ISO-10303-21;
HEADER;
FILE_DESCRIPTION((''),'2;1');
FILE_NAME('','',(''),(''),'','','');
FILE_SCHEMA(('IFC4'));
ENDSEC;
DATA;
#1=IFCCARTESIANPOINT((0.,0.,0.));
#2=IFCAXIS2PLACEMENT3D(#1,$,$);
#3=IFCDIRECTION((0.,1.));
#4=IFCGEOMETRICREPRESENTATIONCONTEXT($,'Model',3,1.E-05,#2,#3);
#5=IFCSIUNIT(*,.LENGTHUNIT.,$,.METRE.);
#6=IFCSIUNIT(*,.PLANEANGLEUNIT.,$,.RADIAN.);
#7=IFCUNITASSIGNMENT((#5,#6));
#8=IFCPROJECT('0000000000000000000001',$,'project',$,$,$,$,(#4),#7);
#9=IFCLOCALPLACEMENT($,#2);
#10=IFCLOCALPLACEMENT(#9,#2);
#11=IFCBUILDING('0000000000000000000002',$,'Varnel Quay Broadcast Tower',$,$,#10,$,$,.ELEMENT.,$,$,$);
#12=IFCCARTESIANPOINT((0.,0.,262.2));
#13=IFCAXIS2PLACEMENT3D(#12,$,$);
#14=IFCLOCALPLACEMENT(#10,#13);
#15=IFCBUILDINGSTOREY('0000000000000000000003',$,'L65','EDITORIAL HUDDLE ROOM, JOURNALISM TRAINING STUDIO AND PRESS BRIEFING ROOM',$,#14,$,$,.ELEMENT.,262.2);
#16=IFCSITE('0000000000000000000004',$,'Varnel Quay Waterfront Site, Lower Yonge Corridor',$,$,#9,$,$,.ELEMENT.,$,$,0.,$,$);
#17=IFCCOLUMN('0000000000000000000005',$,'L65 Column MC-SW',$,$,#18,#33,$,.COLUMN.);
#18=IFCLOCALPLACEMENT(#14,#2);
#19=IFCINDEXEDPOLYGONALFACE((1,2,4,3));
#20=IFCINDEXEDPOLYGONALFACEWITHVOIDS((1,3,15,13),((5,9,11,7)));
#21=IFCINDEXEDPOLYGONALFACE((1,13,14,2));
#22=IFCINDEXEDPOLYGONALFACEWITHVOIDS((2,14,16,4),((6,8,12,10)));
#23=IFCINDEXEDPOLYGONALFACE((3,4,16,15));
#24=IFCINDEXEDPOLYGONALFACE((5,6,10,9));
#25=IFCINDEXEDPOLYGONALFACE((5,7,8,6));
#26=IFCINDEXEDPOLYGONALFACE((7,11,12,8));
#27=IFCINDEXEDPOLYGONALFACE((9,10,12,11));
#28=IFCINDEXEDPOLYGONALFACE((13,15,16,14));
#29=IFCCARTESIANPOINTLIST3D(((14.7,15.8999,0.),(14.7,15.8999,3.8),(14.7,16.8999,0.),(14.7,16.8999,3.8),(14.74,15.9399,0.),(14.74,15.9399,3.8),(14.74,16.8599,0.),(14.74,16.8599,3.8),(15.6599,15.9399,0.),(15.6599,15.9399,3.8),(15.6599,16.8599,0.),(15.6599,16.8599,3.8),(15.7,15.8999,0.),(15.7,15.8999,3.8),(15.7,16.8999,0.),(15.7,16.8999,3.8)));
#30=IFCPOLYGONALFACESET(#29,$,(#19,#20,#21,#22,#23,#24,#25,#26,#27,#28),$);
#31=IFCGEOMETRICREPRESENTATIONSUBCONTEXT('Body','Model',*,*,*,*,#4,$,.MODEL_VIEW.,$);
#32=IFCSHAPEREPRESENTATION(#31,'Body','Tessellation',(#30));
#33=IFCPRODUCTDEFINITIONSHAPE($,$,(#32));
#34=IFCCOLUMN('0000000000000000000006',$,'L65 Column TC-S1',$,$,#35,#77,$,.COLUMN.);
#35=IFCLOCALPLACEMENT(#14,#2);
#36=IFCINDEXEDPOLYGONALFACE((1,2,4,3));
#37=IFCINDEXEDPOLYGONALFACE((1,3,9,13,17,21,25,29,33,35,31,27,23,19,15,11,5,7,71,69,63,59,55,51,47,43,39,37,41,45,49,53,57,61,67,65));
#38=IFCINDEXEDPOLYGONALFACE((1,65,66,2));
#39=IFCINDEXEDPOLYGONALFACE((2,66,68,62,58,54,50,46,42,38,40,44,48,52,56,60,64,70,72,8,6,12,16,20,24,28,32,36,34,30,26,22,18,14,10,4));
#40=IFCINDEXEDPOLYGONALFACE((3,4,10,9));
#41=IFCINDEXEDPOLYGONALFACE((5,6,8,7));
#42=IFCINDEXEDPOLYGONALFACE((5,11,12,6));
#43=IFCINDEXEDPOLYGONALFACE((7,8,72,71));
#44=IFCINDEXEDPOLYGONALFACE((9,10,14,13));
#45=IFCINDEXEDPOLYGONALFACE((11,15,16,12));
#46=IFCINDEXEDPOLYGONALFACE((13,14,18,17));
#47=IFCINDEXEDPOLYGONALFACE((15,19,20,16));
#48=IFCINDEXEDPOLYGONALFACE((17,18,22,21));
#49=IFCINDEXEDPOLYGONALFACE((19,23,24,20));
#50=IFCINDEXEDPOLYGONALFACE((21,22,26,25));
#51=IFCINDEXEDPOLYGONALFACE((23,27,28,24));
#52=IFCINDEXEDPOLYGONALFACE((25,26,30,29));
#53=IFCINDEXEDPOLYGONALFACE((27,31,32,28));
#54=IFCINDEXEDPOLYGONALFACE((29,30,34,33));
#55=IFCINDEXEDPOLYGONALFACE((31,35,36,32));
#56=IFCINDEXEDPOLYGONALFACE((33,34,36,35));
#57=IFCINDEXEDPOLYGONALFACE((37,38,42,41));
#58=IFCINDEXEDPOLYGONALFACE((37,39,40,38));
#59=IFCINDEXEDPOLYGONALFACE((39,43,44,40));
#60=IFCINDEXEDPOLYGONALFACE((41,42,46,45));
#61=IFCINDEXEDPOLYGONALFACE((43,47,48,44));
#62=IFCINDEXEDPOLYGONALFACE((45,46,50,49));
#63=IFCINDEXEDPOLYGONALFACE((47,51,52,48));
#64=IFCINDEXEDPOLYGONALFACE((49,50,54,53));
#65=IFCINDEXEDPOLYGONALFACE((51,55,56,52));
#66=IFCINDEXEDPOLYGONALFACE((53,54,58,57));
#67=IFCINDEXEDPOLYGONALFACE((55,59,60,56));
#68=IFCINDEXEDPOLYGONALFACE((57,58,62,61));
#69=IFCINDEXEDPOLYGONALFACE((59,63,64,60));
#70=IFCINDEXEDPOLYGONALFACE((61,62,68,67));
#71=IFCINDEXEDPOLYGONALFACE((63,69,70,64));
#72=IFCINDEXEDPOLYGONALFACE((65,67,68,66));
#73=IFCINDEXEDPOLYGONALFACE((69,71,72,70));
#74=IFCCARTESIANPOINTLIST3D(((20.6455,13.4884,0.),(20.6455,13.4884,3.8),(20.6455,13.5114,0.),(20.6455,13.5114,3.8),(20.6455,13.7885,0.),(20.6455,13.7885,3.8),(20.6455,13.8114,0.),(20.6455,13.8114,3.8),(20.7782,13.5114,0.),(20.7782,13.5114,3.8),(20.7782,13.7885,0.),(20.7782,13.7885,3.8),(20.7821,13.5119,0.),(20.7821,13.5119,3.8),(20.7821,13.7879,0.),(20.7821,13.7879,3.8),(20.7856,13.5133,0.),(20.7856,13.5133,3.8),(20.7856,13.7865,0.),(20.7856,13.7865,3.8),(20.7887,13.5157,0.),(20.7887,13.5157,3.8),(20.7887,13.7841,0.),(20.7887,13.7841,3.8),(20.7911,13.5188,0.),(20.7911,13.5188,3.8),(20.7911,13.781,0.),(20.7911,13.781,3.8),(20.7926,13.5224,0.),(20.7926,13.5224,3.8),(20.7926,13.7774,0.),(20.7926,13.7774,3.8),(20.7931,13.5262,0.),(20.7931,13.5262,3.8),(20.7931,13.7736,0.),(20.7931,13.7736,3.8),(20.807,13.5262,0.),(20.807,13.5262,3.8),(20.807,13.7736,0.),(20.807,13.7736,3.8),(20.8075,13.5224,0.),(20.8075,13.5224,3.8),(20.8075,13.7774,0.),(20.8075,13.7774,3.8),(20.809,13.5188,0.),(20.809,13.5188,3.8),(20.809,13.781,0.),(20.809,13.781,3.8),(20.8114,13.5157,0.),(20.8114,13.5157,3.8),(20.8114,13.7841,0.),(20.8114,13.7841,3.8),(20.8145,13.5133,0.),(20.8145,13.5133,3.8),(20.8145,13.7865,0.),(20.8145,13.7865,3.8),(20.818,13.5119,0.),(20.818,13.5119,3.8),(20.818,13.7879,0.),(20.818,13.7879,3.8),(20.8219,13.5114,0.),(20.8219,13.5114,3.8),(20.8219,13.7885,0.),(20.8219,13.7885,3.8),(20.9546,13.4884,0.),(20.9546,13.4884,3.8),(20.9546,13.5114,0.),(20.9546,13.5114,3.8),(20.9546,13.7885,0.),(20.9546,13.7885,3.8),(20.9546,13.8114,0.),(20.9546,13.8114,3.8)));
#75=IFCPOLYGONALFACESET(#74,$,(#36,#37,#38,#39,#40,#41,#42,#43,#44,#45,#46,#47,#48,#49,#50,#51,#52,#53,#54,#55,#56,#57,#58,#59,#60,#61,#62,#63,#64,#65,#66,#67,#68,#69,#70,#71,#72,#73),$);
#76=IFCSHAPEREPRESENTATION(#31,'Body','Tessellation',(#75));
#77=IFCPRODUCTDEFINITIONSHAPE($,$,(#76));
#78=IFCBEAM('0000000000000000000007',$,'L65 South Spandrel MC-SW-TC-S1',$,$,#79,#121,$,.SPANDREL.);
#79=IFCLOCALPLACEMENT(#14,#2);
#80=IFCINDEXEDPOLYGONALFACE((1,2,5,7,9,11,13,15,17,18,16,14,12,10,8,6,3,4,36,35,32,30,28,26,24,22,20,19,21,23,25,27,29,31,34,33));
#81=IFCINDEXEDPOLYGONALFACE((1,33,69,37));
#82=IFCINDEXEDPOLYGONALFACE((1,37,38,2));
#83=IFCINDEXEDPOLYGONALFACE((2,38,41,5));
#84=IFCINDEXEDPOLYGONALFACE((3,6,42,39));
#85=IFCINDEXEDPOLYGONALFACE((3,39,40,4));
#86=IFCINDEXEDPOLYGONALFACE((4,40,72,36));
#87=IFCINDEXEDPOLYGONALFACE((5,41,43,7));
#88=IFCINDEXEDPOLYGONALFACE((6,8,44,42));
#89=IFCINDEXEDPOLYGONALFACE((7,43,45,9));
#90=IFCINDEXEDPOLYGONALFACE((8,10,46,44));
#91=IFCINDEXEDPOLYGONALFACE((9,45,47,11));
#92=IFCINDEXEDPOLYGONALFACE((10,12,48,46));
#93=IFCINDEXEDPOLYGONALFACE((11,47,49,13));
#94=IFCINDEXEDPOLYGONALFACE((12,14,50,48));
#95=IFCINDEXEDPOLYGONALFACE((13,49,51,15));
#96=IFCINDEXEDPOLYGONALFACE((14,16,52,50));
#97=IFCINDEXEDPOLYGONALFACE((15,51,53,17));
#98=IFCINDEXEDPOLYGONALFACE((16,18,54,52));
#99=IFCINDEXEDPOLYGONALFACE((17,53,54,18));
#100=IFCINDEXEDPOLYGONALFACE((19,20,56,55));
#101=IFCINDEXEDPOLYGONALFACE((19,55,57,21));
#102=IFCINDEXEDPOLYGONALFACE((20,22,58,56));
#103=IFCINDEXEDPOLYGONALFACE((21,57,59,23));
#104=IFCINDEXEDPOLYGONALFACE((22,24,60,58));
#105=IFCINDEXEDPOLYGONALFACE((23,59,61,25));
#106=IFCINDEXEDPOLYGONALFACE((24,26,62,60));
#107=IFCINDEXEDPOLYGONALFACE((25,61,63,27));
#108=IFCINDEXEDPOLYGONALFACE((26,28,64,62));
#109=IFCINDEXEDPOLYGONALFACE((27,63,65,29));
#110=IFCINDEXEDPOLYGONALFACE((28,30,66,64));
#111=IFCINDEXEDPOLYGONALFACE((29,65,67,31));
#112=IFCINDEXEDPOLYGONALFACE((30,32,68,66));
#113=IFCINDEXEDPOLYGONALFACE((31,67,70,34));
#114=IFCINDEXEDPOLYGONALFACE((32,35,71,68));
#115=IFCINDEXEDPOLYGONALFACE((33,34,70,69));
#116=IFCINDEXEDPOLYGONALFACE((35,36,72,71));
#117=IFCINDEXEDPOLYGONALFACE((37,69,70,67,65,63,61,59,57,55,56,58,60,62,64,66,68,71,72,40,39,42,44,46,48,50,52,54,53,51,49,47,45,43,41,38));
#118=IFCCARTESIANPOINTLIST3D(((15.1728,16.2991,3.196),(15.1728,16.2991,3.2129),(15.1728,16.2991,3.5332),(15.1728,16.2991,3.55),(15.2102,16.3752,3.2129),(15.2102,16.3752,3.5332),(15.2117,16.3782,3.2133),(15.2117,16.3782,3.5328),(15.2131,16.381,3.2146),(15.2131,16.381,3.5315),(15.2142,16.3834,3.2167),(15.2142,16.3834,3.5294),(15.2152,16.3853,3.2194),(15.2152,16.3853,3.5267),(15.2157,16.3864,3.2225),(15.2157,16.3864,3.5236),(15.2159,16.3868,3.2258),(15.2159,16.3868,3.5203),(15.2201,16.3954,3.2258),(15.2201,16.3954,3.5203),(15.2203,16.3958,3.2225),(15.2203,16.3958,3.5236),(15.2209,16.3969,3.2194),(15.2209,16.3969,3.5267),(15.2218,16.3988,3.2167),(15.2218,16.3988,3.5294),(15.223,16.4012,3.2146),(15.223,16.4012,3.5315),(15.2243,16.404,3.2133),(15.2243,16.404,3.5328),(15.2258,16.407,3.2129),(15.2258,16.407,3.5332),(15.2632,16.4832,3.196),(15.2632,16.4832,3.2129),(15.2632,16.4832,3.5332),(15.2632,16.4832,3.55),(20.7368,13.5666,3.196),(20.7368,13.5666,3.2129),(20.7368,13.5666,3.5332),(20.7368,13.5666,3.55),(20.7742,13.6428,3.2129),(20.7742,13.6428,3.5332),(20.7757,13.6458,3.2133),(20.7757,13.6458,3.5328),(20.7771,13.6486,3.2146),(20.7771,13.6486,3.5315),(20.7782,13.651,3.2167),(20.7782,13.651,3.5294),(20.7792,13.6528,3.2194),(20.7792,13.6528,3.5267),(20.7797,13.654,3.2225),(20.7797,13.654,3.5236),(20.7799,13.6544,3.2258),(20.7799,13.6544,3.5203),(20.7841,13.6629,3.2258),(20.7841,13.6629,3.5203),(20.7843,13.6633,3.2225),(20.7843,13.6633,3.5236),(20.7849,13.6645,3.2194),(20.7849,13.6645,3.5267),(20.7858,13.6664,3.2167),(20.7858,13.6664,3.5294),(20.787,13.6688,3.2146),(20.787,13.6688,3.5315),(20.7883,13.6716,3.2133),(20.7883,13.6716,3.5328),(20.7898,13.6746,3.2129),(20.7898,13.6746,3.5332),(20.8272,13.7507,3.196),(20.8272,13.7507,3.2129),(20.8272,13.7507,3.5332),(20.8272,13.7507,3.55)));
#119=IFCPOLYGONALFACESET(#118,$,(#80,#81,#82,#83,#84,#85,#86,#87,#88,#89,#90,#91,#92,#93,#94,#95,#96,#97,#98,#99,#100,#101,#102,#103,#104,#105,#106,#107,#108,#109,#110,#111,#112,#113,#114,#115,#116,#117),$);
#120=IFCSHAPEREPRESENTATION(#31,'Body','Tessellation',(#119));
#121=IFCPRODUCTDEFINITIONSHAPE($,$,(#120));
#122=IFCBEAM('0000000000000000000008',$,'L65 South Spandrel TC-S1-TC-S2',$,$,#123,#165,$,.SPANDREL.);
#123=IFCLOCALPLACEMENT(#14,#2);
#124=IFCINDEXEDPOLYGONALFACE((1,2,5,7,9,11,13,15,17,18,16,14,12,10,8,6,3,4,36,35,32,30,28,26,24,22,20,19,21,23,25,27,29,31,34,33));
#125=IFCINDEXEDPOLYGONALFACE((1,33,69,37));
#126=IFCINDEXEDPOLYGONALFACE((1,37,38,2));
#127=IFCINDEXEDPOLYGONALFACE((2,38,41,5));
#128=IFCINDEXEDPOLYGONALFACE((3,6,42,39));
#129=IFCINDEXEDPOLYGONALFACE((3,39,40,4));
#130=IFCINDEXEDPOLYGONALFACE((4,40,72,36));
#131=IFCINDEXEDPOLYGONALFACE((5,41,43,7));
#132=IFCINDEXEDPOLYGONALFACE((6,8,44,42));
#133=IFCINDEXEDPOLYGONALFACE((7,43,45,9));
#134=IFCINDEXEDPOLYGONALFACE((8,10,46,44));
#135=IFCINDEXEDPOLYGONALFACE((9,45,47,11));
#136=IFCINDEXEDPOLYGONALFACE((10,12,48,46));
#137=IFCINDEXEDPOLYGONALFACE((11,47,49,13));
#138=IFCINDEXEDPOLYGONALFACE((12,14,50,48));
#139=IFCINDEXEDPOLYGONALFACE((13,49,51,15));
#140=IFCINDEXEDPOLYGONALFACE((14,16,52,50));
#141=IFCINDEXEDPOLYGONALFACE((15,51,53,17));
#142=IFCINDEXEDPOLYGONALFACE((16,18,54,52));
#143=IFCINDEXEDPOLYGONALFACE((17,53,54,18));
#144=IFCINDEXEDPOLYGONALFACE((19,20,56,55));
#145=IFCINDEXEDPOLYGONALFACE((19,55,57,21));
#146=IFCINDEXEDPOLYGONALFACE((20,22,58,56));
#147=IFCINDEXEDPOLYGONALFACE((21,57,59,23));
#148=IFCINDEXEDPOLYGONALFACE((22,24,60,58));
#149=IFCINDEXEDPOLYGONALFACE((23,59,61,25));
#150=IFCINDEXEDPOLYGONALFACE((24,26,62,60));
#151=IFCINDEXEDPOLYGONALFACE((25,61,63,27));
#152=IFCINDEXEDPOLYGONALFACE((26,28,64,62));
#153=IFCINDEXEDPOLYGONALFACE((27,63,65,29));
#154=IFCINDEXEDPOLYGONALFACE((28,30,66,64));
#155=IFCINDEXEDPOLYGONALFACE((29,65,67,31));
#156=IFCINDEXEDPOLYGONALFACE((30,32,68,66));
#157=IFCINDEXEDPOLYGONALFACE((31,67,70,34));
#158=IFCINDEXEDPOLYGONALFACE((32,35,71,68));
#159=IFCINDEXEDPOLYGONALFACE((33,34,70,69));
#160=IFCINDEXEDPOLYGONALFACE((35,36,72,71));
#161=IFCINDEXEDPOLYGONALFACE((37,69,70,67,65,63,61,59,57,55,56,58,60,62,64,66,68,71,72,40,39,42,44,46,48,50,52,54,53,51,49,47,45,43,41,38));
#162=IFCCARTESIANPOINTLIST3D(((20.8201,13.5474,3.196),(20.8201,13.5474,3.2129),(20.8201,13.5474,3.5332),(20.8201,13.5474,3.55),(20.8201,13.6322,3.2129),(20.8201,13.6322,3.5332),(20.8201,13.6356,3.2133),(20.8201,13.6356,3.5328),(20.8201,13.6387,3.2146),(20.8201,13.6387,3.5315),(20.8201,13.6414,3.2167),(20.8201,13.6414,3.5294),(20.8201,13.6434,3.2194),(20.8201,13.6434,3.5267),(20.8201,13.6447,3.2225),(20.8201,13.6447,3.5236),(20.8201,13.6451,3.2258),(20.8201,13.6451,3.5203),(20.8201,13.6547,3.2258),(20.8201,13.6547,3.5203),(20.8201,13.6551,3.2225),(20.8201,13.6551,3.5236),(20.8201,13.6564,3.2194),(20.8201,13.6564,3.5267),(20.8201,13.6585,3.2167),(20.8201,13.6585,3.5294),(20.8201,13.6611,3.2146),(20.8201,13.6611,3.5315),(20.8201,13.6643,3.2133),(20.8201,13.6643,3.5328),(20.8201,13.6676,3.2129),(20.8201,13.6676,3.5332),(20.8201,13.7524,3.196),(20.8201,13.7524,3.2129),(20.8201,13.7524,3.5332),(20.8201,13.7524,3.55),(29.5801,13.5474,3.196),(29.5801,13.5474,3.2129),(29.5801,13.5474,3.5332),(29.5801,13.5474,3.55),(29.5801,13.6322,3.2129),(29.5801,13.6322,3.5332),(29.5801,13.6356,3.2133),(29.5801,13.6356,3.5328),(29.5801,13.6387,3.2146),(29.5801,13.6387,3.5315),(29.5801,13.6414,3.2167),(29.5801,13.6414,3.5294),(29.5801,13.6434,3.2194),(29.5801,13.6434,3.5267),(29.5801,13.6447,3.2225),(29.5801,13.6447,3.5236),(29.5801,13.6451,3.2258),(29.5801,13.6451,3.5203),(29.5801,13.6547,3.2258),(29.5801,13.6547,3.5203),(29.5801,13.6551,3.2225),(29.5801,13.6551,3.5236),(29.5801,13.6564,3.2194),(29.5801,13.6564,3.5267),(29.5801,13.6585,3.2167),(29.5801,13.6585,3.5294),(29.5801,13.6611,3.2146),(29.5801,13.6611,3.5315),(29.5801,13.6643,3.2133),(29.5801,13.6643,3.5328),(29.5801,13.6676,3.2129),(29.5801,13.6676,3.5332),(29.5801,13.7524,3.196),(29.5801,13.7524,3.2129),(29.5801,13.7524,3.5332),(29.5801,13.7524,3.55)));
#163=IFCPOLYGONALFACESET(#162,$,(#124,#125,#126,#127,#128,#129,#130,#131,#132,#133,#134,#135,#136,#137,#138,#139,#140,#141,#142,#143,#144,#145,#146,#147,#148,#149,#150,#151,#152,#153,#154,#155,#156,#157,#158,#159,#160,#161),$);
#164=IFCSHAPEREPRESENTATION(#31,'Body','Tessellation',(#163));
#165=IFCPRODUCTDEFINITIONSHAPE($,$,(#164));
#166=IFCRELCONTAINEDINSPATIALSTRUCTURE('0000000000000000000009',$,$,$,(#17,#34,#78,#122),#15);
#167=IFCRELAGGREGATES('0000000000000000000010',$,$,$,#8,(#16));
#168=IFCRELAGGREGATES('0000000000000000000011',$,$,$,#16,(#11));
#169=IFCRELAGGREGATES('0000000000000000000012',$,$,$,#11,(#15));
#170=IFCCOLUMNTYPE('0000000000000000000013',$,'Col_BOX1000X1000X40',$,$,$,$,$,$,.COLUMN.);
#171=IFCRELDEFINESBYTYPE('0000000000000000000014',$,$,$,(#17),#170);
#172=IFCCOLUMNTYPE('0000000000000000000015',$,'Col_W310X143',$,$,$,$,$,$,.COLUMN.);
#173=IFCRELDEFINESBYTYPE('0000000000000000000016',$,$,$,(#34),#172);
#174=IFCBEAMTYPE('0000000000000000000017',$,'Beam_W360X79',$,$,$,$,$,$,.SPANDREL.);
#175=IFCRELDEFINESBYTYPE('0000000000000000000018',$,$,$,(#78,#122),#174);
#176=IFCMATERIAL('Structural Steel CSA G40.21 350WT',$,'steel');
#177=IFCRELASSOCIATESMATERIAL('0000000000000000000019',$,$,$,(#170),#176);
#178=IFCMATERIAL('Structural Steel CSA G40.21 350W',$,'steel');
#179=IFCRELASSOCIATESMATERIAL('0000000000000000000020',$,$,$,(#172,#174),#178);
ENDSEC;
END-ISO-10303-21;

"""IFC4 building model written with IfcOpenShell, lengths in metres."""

from ifc_helpers import new_model, si_unit, direction, frame, origin, origin_2d, place, context, subcontext, project, spatial, hollow_rectangle, i_section, extrude, source, transform, mapped, material, material_profile, profile_set, type_object, type_shapes, element, save


model = new_model("IFC4")

# Units and contexts
model_context = context("Model", 3, precision=1e-05, world=origin(), true_north=direction((0.0, 1.0)))
body_context = subcontext(model_context, "Body", "Model", "MODEL_VIEW")
ifc_project = project(units=[si_unit("LENGTHUNIT", "METRE"), si_unit("PLANEANGLEUNIT", "RADIAN")], contexts=[model_context])

# Site, building, storey
site_placement = place(None, origin())
site = spatial("IfcSite", under=ifc_project, at=site_placement, Name="Varnel Quay Waterfront Site, Lower Yonge Corridor", CompositionType="ELEMENT", RefElevation=0.0)
building_placement = place(site_placement, origin())
building = spatial("IfcBuilding", under=site, at=building_placement, Name="Varnel Quay Broadcast Tower", CompositionType="ELEMENT")
storey_placement = place(building_placement, frame((0.0, 0.0, 262.2)))
storey = spatial("IfcBuildingStorey", under=building, at=storey_placement, Name="L65", Description="EDITORIAL HUDDLE ROOM, JOURNALISM TRAINING STUDIO AND PRESS BRIEFING ROOM", CompositionType="ELEMENT", Elevation=262.2)

# Columns
ifc_material_1 = material(Name="Structural Steel CSA G40.21 350WT", Category="steel")
ifc_material_profile_1 = material_profile(ifc_material_1, hollow_rectangle(XDim=1.0, YDim=1.0, WallThickness=0.04, at=origin_2d()), Name="BOX1000X1000X40")
ifc_profile_set_1 = profile_set([ifc_material_profile_1], Name="Structural Steel CSA G40.21 350WT")
column_type_1 = type_object("IfcColumnType", Name="Col_BOX1000X1000X40", PredefinedType="COLUMN", material=ifc_profile_set_1)
shared_shape_1 = source(origin(), body_context, "Body", "SweptSolid", [
    extrude(hollow_rectangle(XDim=1.0, YDim=1.0, WallThickness=0.04, at=origin_2d()), origin(), (0.0, 0.0, 1.0), 3.8),
])
type_shapes(column_type_1, [shared_shape_1])
column_1_placement = place(storey_placement, frame((15.2, 16.3999, 0.0), z_axis=(0.0, 0.0, 1.0), x_axis=(1.0, 0.0, 0.0)))
element("IfcColumn", 1, at=column_1_placement, inside=storey, type_object=column_type_1, Name="L65 Column MC-SW", PredefinedType="COLUMN", context=body_context, shape_type="MappedRepresentation", body=[
    mapped(shared_shape_1, transform((0.0, 0.0, 0.0), x_axis=(1.0, 0.0, 0.0), y_axis=(0.0, 1.0, 0.0), z_axis=(0.0, 0.0, 1.0), scale=1.0)),
])
ifc_material_2 = material(Name="Structural Steel CSA G40.21 350W", Category="steel")
ifc_material_profile_2 = material_profile(ifc_material_2, i_section(OverallWidth=0.3091, OverallDepth=0.323, WebThickness=0.0139, FlangeThickness=0.0229, FilletRadius=0.0149, at=origin_2d()), Name="W310X143")
ifc_profile_set_2 = profile_set([ifc_material_profile_2], Name="Structural Steel CSA G40.21 350W")
column_type_2 = type_object("IfcColumnType", Name="Col_W310X143", PredefinedType="COLUMN", material=ifc_profile_set_2)
shared_shape_2 = source(origin(), body_context, "Body", "SweptSolid", [
    extrude(i_section(OverallWidth=0.3091, OverallDepth=0.323, WebThickness=0.0139, FlangeThickness=0.0229, FilletRadius=0.0149, at=origin_2d()), origin(), (0.0, 0.0, 1.0), 3.8),
])
type_shapes(column_type_2, [shared_shape_2])
column_2_placement = place(storey_placement, frame((20.8, 13.6499, 0.0), z_axis=(0.0, 0.0, 1.0), x_axis=(1.0, 0.0, 0.0)))
element("IfcColumn", 2, at=column_2_placement, inside=storey, type_object=column_type_2, Name="L65 Column TC-S1", PredefinedType="COLUMN", context=body_context, shape_type="MappedRepresentation", body=[
    mapped(shared_shape_2, transform((0.0, 0.0, 0.0), x_axis=(1.0, 0.0, 0.0), y_axis=(0.0, 1.0, 0.0), z_axis=(0.0, 0.0, 1.0), scale=1.0)),
])

# Beams
ifc_material_profile_3 = material_profile(ifc_material_2, i_section(OverallWidth=0.2051, OverallDepth=0.354, WebThickness=0.0095, FlangeThickness=0.0168, FilletRadius=0.0129, at=origin_2d()), Name="W360X79")
ifc_profile_set_3 = profile_set([ifc_material_profile_3], Name="Structural Steel CSA G40.21 350W")
beam_type_1 = type_object("IfcBeamType", Name="Beam_W360X79", PredefinedType="SPANDREL", material=ifc_profile_set_3)
shared_shape_3 = source(origin(), body_context, "Body", "SweptSolid", [
    extrude(i_section(OverallWidth=0.2051, OverallDepth=0.354, WebThickness=0.0095, FlangeThickness=0.0168, FilletRadius=0.0129, at=origin_2d()), origin(), (0.0, 0.0, 1.0), 6.1987),
])
beam_1_placement = place(storey_placement, frame((15.218, 16.3911, 3.373), z_axis=(0.897602, -0.440806, 0.0), x_axis=(0.440806, 0.897602, 0.0)))
element("IfcBeam", 3, at=beam_1_placement, inside=storey, type_object=beam_type_1, Name="L65 South Spandrel MC-SW-TC-S1", PredefinedType="SPANDREL", context=body_context, shape_type="MappedRepresentation", body=[
    mapped(shared_shape_3, transform((0.0, 0.0, 0.0), x_axis=(1.0, 0.0, 0.0), y_axis=(0.0, 1.0, 0.0), z_axis=(0.0, 0.0, 1.0), scale=1.0)),
])
shared_shape_4 = source(origin(), body_context, "Body", "SweptSolid", [
    extrude(i_section(OverallWidth=0.2051, OverallDepth=0.354, WebThickness=0.0095, FlangeThickness=0.0168, FilletRadius=0.0129, at=origin_2d()), origin(), (0.0, 0.0, 1.0), 8.76),
])
beam_2_placement = place(storey_placement, frame((20.8201, 13.6499, 3.373), z_axis=(1.0, 0.0, 0.0), x_axis=(0.0, 1.0, 0.0)))
element("IfcBeam", 4, at=beam_2_placement, inside=storey, type_object=beam_type_1, Name="L65 South Spandrel TC-S1-TC-S2", PredefinedType="SPANDREL", context=body_context, shape_type="MappedRepresentation", body=[
    mapped(shared_shape_4, transform((0.0, 0.0, 0.0), x_axis=(1.0, 0.0, 0.0), y_axis=(0.0, 1.0, 0.0), z_axis=(0.0, 0.0, 1.0), scale=1.0)),
])

save(model, "model.ifc")
